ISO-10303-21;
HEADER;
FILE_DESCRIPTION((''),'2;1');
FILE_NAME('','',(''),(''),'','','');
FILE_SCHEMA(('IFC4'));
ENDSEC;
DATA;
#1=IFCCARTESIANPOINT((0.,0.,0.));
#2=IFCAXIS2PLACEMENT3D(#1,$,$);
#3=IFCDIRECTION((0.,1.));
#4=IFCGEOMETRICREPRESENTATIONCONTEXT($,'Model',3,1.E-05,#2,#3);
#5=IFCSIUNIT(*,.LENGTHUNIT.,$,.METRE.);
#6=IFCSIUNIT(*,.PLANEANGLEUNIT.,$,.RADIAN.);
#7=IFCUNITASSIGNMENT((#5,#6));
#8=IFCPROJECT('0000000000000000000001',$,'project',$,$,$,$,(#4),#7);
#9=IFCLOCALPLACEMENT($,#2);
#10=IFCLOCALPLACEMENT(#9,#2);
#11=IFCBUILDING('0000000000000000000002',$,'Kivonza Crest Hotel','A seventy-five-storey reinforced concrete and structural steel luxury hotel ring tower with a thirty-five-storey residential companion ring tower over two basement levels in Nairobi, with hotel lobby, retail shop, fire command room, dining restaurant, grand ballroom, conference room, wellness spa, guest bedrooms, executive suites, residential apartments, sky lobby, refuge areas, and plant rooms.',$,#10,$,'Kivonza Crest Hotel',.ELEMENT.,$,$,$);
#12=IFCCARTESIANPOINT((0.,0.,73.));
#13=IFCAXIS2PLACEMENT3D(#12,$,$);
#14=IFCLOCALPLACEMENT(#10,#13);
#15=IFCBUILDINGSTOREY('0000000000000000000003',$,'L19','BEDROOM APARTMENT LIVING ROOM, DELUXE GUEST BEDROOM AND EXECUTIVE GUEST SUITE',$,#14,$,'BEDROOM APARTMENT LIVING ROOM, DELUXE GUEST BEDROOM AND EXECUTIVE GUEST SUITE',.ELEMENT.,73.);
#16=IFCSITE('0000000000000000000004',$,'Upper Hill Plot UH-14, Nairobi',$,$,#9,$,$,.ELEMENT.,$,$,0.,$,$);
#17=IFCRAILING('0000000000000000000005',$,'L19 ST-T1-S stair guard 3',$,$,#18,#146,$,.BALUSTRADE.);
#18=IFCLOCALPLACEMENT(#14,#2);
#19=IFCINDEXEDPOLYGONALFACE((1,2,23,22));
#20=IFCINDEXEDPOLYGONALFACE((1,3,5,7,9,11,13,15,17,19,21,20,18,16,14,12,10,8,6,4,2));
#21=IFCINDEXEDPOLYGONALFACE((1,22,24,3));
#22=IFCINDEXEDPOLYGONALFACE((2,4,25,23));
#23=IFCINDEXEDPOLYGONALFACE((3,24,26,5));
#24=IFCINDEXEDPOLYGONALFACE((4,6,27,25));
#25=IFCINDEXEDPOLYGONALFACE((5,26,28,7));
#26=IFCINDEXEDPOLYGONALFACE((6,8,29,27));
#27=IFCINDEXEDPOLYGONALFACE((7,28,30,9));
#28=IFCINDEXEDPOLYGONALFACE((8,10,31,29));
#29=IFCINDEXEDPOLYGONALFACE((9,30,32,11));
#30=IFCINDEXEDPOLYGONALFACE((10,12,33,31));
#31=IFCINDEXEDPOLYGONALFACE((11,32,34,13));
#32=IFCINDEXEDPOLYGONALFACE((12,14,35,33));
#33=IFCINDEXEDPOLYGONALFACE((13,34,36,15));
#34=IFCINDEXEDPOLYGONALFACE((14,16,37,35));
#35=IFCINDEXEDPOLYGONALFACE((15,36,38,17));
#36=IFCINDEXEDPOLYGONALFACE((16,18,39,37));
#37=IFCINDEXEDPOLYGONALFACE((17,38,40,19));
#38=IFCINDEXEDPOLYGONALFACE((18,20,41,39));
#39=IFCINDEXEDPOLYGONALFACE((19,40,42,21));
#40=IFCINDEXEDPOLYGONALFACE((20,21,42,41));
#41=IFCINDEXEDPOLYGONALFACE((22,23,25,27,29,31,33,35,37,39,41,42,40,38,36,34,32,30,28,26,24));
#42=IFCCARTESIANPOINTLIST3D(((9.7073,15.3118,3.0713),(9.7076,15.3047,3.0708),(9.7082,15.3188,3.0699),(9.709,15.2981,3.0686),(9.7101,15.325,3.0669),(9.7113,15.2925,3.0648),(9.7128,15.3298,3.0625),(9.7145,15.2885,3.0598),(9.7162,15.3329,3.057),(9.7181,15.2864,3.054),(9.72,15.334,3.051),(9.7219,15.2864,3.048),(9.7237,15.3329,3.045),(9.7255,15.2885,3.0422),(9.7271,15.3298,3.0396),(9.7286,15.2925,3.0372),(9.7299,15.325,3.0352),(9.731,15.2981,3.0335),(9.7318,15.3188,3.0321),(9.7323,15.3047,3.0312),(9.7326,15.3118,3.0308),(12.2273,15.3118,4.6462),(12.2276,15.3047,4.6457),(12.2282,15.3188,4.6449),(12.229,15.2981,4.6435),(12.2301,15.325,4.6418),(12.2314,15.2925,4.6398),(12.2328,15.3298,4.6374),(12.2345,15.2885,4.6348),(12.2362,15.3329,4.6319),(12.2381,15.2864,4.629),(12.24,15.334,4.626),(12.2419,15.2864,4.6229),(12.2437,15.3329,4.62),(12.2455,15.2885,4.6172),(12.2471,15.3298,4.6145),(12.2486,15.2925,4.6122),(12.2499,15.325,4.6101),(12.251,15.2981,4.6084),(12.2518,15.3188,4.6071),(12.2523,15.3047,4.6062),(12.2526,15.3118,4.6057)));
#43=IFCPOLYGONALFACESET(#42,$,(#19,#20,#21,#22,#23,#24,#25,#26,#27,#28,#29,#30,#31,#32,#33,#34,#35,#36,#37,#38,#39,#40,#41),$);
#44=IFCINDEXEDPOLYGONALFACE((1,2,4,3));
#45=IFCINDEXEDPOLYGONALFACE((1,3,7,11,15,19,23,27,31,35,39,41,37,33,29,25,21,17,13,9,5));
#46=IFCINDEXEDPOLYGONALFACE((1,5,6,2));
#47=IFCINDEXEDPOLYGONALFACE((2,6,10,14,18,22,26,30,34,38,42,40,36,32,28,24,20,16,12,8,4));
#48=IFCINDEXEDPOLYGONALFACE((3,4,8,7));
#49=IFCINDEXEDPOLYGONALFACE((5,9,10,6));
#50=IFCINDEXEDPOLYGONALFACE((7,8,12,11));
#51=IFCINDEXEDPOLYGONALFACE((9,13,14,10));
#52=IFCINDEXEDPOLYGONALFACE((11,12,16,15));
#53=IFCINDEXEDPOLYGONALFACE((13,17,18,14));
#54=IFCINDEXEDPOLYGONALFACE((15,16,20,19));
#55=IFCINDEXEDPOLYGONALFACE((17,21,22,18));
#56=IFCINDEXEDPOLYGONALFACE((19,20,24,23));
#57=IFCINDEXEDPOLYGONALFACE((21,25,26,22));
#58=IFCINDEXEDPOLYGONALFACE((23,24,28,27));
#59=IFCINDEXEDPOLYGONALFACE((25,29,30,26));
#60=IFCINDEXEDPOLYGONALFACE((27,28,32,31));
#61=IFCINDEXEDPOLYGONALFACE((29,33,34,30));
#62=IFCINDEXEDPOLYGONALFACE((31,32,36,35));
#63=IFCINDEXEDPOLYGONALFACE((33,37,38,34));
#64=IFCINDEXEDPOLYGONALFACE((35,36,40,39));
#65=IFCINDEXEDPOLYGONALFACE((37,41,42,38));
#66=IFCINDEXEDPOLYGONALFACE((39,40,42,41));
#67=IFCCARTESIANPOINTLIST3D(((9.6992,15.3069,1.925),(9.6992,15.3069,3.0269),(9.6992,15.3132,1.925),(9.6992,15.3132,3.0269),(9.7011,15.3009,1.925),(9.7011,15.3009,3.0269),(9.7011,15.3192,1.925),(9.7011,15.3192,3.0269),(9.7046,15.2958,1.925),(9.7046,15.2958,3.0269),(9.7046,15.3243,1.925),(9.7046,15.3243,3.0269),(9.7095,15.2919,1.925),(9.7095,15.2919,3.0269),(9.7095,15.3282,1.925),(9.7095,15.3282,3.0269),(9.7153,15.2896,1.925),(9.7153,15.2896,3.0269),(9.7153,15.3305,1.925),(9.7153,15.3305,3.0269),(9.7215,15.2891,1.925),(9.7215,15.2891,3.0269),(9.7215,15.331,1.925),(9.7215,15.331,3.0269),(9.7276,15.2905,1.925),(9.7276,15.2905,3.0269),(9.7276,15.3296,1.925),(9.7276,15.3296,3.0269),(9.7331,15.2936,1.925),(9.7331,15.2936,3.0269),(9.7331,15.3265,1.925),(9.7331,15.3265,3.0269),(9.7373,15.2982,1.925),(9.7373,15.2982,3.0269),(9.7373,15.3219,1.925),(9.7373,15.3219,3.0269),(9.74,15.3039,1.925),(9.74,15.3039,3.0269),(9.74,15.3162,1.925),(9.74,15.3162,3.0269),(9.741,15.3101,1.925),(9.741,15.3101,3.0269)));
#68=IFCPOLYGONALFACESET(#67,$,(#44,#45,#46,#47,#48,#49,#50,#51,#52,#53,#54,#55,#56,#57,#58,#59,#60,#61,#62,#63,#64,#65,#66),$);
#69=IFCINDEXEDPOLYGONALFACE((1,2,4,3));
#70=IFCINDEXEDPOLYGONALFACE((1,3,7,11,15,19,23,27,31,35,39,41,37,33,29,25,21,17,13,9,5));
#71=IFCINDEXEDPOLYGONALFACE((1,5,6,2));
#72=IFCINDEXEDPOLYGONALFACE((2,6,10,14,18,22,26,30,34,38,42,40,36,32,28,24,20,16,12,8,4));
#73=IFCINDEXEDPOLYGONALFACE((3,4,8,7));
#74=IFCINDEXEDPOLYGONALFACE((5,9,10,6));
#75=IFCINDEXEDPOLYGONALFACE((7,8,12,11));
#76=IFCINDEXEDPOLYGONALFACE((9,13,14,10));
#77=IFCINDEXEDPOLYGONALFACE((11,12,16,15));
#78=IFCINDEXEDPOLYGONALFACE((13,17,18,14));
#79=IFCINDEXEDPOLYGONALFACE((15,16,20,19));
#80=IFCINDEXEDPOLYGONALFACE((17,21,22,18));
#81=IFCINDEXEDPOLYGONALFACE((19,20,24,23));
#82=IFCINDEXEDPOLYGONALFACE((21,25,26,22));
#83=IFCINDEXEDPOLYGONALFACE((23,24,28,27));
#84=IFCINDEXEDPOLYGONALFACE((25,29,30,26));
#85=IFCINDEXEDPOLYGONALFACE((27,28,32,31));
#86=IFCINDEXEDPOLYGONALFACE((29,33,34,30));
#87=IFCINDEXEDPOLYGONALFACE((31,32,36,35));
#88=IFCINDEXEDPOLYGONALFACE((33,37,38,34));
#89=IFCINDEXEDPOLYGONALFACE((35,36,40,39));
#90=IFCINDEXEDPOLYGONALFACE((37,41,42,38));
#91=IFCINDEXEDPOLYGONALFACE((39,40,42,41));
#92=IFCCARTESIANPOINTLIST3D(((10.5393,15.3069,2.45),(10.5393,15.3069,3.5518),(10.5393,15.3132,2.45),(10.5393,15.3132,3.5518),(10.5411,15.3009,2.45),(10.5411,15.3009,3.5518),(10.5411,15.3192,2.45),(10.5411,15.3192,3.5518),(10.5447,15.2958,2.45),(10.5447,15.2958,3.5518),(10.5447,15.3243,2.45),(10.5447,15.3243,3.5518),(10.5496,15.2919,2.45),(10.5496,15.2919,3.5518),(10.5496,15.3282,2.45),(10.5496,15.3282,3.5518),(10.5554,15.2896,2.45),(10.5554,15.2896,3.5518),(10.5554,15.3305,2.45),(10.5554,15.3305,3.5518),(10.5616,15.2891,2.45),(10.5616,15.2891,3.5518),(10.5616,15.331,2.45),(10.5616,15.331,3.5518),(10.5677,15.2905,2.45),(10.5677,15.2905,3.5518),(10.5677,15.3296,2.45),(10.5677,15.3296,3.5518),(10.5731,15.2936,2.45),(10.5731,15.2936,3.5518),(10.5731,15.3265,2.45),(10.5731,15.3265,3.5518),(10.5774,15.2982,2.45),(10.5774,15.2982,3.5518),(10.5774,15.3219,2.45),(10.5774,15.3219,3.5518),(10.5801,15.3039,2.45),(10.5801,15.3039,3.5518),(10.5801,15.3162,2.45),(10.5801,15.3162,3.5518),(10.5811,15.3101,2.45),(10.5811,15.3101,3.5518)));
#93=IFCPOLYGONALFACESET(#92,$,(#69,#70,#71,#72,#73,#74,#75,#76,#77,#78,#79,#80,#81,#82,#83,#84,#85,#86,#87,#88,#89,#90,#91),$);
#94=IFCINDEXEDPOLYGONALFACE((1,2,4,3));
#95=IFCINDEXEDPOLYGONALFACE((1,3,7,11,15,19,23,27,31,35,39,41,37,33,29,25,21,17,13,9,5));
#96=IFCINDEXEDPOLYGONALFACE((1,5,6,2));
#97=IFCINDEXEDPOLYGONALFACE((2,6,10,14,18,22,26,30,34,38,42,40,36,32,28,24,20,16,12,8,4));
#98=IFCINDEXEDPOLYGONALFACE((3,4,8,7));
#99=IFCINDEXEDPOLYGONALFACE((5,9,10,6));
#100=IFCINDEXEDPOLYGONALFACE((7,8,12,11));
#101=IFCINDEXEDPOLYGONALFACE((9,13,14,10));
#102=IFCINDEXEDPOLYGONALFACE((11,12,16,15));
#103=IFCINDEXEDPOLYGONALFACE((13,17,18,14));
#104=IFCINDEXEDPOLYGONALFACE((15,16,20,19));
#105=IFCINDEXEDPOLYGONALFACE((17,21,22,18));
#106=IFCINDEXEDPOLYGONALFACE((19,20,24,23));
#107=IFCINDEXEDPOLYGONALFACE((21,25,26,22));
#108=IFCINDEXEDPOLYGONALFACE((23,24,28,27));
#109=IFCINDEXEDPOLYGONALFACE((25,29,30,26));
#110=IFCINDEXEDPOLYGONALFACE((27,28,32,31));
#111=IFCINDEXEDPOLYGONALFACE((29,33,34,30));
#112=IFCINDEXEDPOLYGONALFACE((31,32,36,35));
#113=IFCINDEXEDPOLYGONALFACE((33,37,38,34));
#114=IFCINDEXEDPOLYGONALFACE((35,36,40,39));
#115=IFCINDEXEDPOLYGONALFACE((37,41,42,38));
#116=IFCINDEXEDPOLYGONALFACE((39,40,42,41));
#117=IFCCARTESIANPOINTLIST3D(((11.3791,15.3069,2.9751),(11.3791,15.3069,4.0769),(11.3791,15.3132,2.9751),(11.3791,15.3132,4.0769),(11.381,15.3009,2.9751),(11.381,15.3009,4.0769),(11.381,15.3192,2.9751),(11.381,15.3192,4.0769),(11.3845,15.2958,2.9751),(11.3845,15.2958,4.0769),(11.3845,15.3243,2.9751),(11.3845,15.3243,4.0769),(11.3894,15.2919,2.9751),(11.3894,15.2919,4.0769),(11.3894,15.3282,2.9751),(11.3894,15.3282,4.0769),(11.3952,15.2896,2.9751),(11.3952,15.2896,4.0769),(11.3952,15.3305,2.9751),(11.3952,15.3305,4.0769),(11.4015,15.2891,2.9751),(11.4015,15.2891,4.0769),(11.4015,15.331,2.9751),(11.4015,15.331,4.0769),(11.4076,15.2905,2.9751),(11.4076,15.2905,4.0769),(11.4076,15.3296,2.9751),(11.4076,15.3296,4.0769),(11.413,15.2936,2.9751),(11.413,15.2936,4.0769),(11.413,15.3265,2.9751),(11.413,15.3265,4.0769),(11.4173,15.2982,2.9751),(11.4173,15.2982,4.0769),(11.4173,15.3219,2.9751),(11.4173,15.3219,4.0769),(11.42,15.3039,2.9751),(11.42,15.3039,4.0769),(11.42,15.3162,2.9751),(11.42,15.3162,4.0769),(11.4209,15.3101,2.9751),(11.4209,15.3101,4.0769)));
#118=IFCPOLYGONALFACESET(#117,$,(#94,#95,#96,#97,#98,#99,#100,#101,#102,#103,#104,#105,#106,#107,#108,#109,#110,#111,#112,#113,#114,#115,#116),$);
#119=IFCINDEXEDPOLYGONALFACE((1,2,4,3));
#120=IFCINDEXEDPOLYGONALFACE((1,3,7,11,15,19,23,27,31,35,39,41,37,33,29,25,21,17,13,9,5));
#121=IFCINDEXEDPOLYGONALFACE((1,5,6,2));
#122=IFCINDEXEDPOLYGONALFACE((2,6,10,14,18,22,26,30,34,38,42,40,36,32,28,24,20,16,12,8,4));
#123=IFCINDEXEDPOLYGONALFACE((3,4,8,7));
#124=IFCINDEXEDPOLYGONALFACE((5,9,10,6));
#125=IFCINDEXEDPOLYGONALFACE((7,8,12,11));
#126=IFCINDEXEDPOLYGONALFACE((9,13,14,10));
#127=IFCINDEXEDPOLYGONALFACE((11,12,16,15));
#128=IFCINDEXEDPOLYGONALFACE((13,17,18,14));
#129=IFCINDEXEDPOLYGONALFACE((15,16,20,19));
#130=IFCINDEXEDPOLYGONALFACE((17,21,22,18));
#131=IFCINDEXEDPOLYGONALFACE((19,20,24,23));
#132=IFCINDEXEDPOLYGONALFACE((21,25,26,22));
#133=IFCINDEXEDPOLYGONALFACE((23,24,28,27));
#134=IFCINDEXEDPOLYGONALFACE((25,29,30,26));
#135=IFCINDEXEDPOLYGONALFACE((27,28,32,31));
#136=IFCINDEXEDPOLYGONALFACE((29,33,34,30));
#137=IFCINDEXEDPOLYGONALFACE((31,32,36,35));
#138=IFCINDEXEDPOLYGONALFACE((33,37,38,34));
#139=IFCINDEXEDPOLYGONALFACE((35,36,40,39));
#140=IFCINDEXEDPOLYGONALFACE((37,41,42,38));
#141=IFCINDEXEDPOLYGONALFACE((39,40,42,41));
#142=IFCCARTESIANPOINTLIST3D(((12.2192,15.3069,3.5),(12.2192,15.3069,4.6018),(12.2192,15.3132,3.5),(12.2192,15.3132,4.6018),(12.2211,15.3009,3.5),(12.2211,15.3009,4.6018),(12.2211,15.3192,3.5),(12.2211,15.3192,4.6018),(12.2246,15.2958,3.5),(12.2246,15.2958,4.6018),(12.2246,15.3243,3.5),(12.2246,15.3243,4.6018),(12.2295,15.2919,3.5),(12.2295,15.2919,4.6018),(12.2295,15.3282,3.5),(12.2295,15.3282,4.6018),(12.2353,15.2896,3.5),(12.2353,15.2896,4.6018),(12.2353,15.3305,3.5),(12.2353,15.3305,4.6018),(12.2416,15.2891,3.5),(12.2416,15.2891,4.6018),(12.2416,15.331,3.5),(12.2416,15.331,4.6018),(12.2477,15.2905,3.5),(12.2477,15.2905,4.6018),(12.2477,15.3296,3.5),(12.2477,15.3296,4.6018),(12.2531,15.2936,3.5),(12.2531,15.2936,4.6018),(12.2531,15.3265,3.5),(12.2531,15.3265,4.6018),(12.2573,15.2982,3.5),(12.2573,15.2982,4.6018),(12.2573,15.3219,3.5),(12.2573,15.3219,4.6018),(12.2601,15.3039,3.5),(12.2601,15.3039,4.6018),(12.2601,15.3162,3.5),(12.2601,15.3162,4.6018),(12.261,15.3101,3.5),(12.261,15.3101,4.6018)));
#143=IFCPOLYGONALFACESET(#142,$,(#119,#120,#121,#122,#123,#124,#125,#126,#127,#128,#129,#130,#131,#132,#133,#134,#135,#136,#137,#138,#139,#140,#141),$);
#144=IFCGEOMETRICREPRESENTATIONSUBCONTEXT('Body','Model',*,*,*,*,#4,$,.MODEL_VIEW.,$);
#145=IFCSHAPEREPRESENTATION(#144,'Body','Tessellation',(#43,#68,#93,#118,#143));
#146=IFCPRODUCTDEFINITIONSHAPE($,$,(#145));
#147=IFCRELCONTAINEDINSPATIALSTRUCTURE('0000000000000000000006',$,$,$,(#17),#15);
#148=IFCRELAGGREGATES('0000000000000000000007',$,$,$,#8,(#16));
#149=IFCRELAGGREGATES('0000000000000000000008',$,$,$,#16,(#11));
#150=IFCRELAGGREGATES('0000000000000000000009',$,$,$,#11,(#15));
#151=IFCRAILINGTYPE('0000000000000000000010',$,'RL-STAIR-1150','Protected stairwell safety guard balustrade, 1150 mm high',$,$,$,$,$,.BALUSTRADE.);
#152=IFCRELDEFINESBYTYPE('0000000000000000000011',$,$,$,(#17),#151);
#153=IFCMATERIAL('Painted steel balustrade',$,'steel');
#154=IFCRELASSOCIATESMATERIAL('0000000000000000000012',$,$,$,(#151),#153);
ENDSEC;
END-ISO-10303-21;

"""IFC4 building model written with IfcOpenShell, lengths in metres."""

from ifc_helpers import new_model, si_unit, direction, frame, origin, origin_2d, place, context, subcontext, project, spatial, circle, extrude, material, type_object, element, save


model = new_model("IFC4")

# Units and contexts
model_context = context("Model", 3, precision=1e-05, world=origin(), true_north=direction((0.0, 1.0)))
body_context = subcontext(model_context, "Body", "Model", "MODEL_VIEW")
ifc_project = project(units=[si_unit("LENGTHUNIT", "METRE"), si_unit("PLANEANGLEUNIT", "RADIAN")], contexts=[model_context])

# Site, building, storey
site_placement = place(None, origin())
site = spatial("IfcSite", under=ifc_project, at=site_placement, Name="Upper Hill Plot UH-14, Nairobi", CompositionType="ELEMENT", RefElevation=0.0)
building_placement = place(site_placement, origin())
building = spatial("IfcBuilding", under=site, at=building_placement, Name="Kivonza Crest Hotel", Description="A seventy-five-storey reinforced concrete and structural steel luxury hotel ring tower with a thirty-five-storey residential companion ring tower over two basement levels in Nairobi, with hotel lobby, retail shop, fire command room, dining restaurant, grand ballroom, conference room, wellness spa, guest bedrooms, executive suites, residential apartments, sky lobby, refuge areas, and plant rooms.", LongName="Kivonza Crest Hotel", CompositionType="ELEMENT")
storey_placement = place(building_placement, frame((0.0, 0.0, 73.0)))
storey = spatial("IfcBuildingStorey", under=building, at=storey_placement, Name="L19", Description="BEDROOM APARTMENT LIVING ROOM, DELUXE GUEST BEDROOM AND EXECUTIVE GUEST SUITE", LongName="BEDROOM APARTMENT LIVING ROOM, DELUXE GUEST BEDROOM AND EXECUTIVE GUEST SUITE", CompositionType="ELEMENT", Elevation=73.0)

# Railing
ifc_material_1 = material(Name="Painted steel balustrade", Category="steel")
railing_type_1 = type_object("IfcRailingType", Name="RL-STAIR-1150", Description="Protected stairwell safety guard balustrade, 1150 mm high", PredefinedType="BALUSTRADE", material=ifc_material_1)
railing_1_placement = place(storey_placement, frame((9.72, 15.3101, 1.925)))
element("IfcRailing", 1, at=railing_1_placement, inside=storey, type_object=railing_type_1, Name="L19 ST-T1-S stair guard 3", PredefinedType="BALUSTRADE", context=body_context, shape_type="SweptSolid", body=[
    extrude(circle(Radius=0.0239, at=origin_2d()), frame((0.0, 0.0, 1.126), z_axis=(0.848008, 0.0, 0.529984), x_axis=(0.0, 1.0, 0.0)), (0.0, 0.0, 1.0), 2.9717),
    extrude(circle(Radius=0.021, at=origin_2d()), origin(), (0.0, 0.0, 1.0), 1.1018),
    extrude(circle(Radius=0.021, at=origin_2d()), frame((0.8401, 0.0, 0.5249)), (0.0, 0.0, 1.0), 1.1018),
    extrude(circle(Radius=0.021, at=origin_2d()), frame((1.6799, 0.0, 1.05)), (0.0, 0.0, 1.0), 1.1018),
    extrude(circle(Radius=0.021, at=origin_2d()), frame((2.52, 0.0, 1.575)), (0.0, 0.0, 1.0), 1.1018),
])

save(model, "model.ifc")
